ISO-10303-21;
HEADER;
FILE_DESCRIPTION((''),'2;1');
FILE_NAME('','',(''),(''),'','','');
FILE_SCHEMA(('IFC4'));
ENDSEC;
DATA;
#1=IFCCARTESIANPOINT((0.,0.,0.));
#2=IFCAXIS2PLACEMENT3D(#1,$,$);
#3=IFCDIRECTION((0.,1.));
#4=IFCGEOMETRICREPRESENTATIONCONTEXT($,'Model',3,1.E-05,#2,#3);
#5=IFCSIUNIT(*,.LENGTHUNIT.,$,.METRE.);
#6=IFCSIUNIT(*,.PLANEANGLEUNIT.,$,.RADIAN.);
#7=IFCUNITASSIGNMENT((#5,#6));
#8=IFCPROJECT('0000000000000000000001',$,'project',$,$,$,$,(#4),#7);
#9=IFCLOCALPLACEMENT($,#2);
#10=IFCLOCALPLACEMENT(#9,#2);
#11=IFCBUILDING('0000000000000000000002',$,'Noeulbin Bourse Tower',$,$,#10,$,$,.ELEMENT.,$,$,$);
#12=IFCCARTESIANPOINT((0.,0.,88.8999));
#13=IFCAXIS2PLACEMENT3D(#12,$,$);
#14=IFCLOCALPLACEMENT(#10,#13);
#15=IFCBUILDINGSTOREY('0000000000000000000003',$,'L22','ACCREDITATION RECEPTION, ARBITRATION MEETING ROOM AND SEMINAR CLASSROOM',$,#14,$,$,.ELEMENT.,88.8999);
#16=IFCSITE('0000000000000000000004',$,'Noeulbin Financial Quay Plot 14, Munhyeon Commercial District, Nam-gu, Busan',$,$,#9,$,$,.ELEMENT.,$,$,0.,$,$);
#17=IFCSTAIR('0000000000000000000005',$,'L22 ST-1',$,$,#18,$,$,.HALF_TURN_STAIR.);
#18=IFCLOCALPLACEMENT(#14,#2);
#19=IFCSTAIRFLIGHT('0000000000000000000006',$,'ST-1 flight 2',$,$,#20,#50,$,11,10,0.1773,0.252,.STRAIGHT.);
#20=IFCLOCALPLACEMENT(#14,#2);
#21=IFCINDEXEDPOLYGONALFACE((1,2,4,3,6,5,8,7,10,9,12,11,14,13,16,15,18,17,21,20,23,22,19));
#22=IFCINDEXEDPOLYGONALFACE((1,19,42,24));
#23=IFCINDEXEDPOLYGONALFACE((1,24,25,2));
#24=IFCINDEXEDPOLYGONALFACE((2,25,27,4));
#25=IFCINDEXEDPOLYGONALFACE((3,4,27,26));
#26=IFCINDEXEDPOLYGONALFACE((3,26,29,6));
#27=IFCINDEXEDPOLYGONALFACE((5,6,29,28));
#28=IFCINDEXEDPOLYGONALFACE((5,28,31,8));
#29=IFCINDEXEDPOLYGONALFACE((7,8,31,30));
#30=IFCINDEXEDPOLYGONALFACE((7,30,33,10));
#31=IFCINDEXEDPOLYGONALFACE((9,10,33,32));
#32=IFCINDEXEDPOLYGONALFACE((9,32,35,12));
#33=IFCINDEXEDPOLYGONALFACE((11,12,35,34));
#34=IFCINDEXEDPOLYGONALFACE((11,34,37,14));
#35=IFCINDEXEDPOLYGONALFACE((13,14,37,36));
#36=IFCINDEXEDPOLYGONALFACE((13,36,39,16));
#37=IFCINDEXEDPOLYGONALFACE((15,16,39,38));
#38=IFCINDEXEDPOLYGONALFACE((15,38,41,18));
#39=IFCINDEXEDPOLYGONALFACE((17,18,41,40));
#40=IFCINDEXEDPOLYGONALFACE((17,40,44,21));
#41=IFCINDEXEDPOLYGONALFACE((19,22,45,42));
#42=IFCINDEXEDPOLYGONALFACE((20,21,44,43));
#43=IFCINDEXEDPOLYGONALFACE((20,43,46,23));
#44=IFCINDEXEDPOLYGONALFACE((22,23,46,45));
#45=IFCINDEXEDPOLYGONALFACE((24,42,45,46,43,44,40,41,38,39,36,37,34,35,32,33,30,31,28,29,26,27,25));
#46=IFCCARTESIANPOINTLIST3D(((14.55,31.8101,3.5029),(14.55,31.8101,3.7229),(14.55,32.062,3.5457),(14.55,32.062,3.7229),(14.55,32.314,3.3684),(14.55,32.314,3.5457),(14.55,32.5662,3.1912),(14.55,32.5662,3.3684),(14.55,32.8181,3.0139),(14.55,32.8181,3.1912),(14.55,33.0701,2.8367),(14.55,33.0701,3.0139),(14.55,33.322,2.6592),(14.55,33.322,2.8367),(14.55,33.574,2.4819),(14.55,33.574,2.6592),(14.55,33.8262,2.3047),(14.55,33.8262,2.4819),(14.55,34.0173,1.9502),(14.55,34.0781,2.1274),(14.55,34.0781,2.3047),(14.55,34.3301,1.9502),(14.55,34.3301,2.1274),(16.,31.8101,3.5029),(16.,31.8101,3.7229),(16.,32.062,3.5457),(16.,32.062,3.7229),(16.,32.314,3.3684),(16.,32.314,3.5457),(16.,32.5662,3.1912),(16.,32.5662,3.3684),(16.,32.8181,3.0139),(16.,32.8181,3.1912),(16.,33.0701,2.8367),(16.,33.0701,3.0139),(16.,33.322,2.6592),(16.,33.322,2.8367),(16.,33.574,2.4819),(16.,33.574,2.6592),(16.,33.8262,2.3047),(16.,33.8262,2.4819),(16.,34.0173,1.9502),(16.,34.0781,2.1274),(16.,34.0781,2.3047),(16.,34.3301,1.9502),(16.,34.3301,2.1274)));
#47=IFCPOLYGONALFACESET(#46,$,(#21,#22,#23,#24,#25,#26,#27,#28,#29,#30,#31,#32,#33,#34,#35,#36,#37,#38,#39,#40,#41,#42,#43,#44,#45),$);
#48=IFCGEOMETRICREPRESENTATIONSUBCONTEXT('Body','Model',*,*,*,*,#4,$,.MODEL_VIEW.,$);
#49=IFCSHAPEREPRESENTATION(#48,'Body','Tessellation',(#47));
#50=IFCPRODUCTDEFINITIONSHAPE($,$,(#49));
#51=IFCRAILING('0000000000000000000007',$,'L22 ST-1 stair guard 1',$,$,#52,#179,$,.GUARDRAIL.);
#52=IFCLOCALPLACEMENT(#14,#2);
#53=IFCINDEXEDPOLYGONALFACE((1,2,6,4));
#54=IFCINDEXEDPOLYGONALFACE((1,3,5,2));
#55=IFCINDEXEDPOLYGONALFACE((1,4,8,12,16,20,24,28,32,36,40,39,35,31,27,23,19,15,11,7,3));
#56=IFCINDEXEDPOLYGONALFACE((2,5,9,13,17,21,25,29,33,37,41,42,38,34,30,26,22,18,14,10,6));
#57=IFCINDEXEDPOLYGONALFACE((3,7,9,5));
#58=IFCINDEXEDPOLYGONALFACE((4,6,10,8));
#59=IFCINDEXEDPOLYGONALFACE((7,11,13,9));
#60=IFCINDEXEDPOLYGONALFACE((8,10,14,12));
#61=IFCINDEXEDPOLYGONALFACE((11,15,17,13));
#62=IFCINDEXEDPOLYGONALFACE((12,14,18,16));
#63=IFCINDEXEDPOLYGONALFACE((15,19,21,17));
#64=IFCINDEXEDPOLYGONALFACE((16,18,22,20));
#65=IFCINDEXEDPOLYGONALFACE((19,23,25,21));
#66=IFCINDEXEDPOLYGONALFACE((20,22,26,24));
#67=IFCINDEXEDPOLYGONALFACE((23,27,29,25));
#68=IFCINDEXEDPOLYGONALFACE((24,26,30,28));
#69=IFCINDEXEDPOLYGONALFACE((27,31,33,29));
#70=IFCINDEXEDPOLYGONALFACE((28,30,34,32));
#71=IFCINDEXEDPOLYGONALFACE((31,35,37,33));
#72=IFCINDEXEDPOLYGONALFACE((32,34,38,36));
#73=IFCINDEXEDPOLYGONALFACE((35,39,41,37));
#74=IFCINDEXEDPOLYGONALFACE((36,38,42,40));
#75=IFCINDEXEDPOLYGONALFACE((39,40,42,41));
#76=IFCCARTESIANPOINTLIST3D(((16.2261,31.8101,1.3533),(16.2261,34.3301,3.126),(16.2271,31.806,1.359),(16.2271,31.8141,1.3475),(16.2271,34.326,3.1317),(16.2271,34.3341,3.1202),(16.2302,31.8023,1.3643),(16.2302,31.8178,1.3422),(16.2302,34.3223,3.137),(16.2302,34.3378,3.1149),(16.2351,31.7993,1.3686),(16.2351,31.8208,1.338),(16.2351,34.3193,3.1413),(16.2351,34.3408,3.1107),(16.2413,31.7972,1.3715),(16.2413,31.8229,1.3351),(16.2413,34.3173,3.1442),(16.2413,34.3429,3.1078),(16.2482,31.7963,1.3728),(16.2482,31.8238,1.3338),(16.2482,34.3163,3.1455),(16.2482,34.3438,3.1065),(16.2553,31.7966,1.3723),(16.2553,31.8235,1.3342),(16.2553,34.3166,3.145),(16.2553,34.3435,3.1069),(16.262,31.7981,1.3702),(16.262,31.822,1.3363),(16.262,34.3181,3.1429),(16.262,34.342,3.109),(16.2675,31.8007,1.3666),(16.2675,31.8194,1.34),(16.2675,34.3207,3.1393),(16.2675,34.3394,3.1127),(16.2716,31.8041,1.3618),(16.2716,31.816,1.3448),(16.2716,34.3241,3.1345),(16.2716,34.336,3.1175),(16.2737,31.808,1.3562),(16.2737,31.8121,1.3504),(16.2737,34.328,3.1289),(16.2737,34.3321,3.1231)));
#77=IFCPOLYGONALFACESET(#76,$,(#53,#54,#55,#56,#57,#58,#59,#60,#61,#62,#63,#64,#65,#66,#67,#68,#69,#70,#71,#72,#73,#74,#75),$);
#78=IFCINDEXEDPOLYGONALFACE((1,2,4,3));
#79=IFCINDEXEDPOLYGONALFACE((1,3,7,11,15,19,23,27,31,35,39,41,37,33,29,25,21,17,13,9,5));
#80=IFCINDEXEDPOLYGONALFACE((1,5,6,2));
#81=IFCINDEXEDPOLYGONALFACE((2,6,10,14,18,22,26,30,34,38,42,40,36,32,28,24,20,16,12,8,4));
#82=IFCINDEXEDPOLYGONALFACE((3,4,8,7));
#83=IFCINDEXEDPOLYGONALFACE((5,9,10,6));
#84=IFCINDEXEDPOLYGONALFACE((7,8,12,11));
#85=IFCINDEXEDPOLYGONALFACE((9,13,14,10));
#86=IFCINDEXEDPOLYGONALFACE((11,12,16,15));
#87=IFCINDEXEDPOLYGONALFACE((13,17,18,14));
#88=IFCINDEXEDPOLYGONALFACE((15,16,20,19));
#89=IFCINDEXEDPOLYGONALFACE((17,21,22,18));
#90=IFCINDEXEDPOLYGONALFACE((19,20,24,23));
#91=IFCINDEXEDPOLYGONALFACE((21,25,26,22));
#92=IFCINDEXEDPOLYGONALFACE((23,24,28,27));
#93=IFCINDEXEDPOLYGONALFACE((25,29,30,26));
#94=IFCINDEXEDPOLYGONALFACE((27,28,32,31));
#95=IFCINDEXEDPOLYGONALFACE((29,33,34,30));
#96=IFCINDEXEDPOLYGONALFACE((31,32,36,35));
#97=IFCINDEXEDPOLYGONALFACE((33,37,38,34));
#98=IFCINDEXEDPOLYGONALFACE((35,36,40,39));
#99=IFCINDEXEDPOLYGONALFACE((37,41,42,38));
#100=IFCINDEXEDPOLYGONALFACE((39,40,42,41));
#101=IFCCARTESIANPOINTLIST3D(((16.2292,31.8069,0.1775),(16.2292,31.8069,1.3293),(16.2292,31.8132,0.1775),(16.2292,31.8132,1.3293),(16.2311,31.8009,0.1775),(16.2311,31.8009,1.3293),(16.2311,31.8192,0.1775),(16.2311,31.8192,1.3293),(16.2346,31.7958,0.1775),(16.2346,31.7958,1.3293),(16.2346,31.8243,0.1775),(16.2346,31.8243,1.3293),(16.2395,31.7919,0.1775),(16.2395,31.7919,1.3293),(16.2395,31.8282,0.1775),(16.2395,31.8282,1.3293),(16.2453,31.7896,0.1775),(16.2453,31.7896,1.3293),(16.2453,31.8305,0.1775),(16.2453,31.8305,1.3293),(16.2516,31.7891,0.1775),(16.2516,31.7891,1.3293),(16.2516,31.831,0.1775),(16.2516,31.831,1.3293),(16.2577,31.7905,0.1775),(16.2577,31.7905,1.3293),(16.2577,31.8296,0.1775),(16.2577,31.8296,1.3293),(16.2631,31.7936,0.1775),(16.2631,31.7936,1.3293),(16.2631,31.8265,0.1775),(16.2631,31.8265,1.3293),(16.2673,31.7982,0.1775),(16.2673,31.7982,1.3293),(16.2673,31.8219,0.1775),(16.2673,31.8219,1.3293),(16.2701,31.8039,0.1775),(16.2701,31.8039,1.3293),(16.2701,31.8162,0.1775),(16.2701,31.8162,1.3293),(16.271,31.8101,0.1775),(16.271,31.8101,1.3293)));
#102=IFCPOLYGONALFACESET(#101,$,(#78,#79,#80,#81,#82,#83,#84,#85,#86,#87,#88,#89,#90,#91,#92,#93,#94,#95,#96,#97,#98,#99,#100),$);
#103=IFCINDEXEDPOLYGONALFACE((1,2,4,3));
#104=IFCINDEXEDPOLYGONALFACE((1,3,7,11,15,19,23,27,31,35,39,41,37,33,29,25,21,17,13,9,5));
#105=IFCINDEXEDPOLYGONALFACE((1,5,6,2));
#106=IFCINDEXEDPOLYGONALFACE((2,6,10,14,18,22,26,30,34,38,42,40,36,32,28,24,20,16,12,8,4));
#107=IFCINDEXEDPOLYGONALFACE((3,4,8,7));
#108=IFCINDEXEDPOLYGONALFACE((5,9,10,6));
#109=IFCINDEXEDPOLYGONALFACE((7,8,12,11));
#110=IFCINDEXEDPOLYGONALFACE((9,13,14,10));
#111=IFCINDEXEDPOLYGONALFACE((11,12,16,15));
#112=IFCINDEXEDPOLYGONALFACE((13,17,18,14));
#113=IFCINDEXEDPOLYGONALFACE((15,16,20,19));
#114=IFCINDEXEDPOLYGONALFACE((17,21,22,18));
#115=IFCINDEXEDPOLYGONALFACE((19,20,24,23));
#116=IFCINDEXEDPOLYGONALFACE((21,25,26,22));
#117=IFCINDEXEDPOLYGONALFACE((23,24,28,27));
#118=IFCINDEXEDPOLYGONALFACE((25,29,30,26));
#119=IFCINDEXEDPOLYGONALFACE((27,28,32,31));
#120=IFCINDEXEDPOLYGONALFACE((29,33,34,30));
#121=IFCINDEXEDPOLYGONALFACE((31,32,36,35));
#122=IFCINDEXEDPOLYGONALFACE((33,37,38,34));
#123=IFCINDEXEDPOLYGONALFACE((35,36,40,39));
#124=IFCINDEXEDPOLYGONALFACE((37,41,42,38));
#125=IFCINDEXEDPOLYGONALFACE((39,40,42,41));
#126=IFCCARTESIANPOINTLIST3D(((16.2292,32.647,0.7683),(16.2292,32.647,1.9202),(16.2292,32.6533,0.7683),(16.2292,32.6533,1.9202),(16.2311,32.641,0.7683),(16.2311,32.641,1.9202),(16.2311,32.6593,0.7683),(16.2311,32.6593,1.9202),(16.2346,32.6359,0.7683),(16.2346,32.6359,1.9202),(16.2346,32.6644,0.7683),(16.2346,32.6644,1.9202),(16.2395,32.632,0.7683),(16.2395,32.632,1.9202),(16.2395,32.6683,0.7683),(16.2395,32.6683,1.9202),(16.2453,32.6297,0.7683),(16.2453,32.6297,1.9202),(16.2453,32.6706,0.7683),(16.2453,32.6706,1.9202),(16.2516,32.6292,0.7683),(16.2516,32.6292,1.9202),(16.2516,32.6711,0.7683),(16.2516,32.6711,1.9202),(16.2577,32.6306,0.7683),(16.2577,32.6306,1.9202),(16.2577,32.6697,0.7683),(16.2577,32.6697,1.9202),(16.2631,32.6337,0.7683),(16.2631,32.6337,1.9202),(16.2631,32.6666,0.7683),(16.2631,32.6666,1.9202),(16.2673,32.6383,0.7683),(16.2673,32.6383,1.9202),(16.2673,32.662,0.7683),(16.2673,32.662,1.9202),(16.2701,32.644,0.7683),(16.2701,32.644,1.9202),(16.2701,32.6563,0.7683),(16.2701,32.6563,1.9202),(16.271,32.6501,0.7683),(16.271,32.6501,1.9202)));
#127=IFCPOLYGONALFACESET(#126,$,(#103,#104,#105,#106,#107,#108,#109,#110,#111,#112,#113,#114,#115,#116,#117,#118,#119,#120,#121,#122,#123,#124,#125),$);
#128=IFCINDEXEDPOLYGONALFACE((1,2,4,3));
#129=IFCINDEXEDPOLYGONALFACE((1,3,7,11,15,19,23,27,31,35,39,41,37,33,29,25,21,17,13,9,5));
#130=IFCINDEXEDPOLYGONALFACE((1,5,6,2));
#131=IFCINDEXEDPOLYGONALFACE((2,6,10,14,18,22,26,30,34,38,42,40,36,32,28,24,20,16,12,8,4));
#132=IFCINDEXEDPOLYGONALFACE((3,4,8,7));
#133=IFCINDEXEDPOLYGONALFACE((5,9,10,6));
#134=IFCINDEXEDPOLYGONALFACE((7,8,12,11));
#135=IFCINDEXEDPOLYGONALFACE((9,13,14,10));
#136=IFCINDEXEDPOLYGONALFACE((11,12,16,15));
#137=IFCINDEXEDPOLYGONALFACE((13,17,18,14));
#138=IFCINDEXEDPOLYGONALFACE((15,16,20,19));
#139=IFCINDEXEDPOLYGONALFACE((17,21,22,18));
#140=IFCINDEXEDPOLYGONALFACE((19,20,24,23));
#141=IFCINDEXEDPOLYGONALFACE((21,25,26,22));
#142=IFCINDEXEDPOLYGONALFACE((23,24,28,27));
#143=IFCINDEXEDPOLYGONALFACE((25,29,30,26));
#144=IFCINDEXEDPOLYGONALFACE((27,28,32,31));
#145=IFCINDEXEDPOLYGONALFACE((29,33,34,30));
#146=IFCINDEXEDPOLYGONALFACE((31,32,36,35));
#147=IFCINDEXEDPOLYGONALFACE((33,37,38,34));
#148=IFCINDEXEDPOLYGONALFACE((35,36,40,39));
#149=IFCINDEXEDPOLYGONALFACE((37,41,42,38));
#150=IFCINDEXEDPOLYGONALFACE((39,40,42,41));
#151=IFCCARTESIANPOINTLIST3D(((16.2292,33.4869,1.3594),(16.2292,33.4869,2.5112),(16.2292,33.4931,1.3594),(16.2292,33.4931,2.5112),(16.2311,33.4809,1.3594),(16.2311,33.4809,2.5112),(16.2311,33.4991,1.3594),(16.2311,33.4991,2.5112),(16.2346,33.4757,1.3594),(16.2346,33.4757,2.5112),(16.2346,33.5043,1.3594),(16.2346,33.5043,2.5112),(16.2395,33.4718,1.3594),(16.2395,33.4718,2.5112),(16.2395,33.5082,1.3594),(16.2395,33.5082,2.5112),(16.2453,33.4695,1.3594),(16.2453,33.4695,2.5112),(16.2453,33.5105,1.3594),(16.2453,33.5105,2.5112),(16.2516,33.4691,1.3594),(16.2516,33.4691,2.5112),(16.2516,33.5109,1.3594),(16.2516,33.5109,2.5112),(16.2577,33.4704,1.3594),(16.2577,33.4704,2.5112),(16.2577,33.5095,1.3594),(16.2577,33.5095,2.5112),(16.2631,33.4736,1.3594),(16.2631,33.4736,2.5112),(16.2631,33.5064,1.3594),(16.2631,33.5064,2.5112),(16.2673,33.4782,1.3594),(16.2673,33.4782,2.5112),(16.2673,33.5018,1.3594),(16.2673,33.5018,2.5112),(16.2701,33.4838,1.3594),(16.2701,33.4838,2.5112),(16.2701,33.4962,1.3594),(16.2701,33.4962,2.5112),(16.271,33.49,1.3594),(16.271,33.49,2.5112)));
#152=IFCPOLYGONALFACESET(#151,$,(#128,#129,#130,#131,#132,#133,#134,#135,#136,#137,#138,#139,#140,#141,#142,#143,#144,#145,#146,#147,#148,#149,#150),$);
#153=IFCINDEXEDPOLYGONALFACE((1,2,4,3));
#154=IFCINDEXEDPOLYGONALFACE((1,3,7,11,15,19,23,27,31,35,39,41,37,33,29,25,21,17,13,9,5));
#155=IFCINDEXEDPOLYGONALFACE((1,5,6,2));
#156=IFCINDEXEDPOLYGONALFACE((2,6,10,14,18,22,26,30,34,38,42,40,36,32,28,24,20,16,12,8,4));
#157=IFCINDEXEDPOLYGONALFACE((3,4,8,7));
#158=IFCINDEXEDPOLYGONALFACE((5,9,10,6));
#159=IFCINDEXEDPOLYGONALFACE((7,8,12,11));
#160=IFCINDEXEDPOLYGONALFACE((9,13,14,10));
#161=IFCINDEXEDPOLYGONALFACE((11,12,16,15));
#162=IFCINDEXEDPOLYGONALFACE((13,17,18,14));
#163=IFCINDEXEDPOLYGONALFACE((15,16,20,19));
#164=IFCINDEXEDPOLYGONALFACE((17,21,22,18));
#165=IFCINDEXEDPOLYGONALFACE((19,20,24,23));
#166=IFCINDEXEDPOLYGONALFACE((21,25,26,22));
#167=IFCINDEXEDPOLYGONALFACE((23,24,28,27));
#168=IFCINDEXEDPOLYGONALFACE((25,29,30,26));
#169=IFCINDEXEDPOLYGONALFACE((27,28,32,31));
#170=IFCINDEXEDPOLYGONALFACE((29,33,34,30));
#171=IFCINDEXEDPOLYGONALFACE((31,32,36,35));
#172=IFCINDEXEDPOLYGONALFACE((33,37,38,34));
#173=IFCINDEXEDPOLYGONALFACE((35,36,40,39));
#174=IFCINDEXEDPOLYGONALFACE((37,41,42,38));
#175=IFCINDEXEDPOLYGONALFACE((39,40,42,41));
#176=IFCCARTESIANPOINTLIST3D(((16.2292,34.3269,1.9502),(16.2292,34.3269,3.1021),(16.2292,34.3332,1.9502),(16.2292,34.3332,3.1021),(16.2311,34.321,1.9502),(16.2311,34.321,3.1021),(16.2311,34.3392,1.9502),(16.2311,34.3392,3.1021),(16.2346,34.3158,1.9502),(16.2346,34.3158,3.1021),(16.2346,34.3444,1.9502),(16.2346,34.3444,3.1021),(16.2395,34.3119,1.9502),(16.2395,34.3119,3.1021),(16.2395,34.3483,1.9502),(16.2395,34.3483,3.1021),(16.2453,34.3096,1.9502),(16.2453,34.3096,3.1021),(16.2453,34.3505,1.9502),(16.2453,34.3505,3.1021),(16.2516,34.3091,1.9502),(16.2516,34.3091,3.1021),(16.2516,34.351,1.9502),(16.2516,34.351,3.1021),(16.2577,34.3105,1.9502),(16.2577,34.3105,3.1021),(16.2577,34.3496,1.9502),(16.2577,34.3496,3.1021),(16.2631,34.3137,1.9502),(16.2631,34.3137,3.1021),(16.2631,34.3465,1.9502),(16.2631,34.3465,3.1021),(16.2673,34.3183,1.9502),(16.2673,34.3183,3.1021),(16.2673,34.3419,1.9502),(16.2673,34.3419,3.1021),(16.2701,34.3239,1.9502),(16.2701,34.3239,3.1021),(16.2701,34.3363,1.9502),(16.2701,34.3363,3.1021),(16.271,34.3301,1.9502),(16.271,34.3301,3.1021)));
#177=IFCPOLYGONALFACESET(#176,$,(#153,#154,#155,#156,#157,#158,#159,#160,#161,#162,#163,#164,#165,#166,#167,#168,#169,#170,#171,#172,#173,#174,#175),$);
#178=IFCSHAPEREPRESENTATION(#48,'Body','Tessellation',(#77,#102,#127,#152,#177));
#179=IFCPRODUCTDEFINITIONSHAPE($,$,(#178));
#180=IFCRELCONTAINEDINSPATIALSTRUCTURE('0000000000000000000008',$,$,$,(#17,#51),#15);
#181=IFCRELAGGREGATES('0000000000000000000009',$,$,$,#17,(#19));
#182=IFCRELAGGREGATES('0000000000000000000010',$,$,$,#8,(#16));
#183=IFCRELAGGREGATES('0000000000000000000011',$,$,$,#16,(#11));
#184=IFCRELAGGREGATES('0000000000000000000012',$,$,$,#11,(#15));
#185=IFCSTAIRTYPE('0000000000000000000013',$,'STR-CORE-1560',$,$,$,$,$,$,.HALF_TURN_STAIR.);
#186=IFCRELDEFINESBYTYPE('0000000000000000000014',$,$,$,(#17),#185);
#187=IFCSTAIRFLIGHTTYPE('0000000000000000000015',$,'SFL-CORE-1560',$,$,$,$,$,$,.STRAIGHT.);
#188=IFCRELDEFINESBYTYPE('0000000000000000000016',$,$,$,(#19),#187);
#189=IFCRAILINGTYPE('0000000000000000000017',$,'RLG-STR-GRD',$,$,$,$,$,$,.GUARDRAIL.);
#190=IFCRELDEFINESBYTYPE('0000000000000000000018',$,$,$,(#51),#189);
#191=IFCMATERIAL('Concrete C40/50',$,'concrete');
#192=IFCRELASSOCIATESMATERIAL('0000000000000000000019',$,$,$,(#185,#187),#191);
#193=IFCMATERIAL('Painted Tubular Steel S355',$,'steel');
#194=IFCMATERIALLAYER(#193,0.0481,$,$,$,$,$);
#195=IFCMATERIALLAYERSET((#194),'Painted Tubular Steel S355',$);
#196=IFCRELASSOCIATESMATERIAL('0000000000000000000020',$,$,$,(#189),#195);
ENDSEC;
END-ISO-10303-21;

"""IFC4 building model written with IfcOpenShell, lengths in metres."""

from ifc_helpers import new_model, si_unit, direction, frame, origin, origin_2d, place, context, subcontext, project, spatial, polyline, circle, outline, extrude, material, layer, layer_set, type_object, element, aggregate, save


model = new_model("IFC4")

# Units and contexts
model_context = context("Model", 3, precision=1e-05, world=origin(), true_north=direction((0.0, 1.0)))
body_context = subcontext(model_context, "Body", "Model", "MODEL_VIEW")
ifc_project = project(units=[si_unit("LENGTHUNIT", "METRE"), si_unit("PLANEANGLEUNIT", "RADIAN")], contexts=[model_context])

# Site, building, storey
site_placement = place(None, origin())
site = spatial("IfcSite", under=ifc_project, at=site_placement, Name="Noeulbin Financial Quay Plot 14, Munhyeon Commercial District, Nam-gu, Busan", CompositionType="ELEMENT", RefElevation=0.0)
building_placement = place(site_placement, origin())
building = spatial("IfcBuilding", under=site, at=building_placement, Name="Noeulbin Bourse Tower", CompositionType="ELEMENT")
storey_placement = place(building_placement, frame((0.0, 0.0, 88.8999)))
storey = spatial("IfcBuildingStorey", under=building, at=storey_placement, Name="L22", Description="ACCREDITATION RECEPTION, ARBITRATION MEETING ROOM AND SEMINAR CLASSROOM", CompositionType="ELEMENT", Elevation=88.8999)

# Shared definitions
ifc_material_1 = material(Name="Concrete C40/50", Category="concrete")

# Stair, stair flight
stair_type = type_object("IfcStairType", Name="STR-CORE-1560", PredefinedType="HALF_TURN_STAIR", material=ifc_material_1)
stair_placement = place(storey_placement, origin())
stair = element("IfcStair", 1, at=stair_placement, inside=storey, type_object=stair_type, Name="L22 ST-1", PredefinedType="HALF_TURN_STAIR")
stair_flight_type = type_object("IfcStairFlightType", Name="SFL-CORE-1560", PredefinedType="STRAIGHT", material=ifc_material_1)
stair_flight_1_placement = place(storey_placement, frame((15.2749, 34.3301, 1.9502), z_axis=(0.0, 0.0, 1.0), x_axis=(0.0, -1.0, 0.0)))
stair_flight_1 = element("IfcStairFlight", 2, at=stair_flight_1_placement, type_object=stair_flight_type, Name="ST-1 flight 2", NumberOfRisers=11, NumberOfTreads=10, PredefinedType="STRAIGHT", RiserHeight=0.1773, TreadLength=0.252, context=body_context, shape_type="SweptSolid", body=[
    extrude(outline(polyline([(0.0, 0.0), (0.0, 0.1772), (0.252, 0.1772), (0.252, 0.3545), (0.5039, 0.3545), (0.5039, 0.5317), (0.7561, 0.5317), (0.7561, 0.709), (1.0081, 0.709), (1.0081, 0.8865), (1.26, 0.8865), (1.26, 1.0637), (1.512, 1.0637), (1.512, 1.241), (1.7639, 1.241), (1.7639, 1.4182), (2.0161, 1.4182), (2.0161, 1.5955), (2.2681, 1.5955), (2.2681, 1.7727), (2.52, 1.7727), (2.52, 1.95), (2.52, 1.5527), (0.3127, 0.0), (0.0, 0.0)])), frame((0.0, 0.7251, 0.0), z_axis=(0.0, -1.0, 0.0), x_axis=(1.0, 0.0, 0.0)), (0.0, 0.0, 1.0), 1.45),
])
aggregate(stair, [stair_flight_1])

# Railing
ifc_material_2 = material(Name="Painted Tubular Steel S355", Category="steel")
ifc_layer_1 = layer(ifc_material_2, 0.0481)
ifc_layer_set_1 = layer_set([ifc_layer_1], Name="Painted Tubular Steel S355")
railing_type_1 = type_object("IfcRailingType", Name="RLG-STR-GRD", PredefinedType="GUARDRAIL", material=ifc_layer_set_1)
railing_1_placement = place(storey_placement, frame((16.25, 31.8101, 0.1775)))
element("IfcRailing", 3, at=railing_1_placement, inside=storey, type_object=railing_type_1, Name="L22 ST-1 stair guard 1", PredefinedType="GUARDRAIL", context=body_context, shape_type="SweptSolid", body=[
    extrude(circle(Radius=0.0239, at=origin_2d()), frame((0.0, 0.0, 1.1758), z_axis=(0.0, 0.817904, 0.575354), x_axis=(-1.0, 0.0, 0.0)), (0.0, 0.0, 1.0), 3.0811),
    extrude(circle(Radius=0.021, at=origin_2d()), origin(), (0.0, 0.0, 1.0), 1.1519),
    extrude(circle(Radius=0.021, at=origin_2d()), frame((0.0, 0.8401, 0.5908)), (0.0, 0.0, 1.0), 1.1519),
    extrude(circle(Radius=0.021, at=origin_2d()), frame((0.0, 1.6799, 1.1819)), (0.0, 0.0, 1.0), 1.1519),
    extrude(circle(Radius=0.021, at=origin_2d()), frame((0.0, 2.52, 1.7727)), (0.0, 0.0, 1.0), 1.1519),
])

save(model, "model.ifc")
